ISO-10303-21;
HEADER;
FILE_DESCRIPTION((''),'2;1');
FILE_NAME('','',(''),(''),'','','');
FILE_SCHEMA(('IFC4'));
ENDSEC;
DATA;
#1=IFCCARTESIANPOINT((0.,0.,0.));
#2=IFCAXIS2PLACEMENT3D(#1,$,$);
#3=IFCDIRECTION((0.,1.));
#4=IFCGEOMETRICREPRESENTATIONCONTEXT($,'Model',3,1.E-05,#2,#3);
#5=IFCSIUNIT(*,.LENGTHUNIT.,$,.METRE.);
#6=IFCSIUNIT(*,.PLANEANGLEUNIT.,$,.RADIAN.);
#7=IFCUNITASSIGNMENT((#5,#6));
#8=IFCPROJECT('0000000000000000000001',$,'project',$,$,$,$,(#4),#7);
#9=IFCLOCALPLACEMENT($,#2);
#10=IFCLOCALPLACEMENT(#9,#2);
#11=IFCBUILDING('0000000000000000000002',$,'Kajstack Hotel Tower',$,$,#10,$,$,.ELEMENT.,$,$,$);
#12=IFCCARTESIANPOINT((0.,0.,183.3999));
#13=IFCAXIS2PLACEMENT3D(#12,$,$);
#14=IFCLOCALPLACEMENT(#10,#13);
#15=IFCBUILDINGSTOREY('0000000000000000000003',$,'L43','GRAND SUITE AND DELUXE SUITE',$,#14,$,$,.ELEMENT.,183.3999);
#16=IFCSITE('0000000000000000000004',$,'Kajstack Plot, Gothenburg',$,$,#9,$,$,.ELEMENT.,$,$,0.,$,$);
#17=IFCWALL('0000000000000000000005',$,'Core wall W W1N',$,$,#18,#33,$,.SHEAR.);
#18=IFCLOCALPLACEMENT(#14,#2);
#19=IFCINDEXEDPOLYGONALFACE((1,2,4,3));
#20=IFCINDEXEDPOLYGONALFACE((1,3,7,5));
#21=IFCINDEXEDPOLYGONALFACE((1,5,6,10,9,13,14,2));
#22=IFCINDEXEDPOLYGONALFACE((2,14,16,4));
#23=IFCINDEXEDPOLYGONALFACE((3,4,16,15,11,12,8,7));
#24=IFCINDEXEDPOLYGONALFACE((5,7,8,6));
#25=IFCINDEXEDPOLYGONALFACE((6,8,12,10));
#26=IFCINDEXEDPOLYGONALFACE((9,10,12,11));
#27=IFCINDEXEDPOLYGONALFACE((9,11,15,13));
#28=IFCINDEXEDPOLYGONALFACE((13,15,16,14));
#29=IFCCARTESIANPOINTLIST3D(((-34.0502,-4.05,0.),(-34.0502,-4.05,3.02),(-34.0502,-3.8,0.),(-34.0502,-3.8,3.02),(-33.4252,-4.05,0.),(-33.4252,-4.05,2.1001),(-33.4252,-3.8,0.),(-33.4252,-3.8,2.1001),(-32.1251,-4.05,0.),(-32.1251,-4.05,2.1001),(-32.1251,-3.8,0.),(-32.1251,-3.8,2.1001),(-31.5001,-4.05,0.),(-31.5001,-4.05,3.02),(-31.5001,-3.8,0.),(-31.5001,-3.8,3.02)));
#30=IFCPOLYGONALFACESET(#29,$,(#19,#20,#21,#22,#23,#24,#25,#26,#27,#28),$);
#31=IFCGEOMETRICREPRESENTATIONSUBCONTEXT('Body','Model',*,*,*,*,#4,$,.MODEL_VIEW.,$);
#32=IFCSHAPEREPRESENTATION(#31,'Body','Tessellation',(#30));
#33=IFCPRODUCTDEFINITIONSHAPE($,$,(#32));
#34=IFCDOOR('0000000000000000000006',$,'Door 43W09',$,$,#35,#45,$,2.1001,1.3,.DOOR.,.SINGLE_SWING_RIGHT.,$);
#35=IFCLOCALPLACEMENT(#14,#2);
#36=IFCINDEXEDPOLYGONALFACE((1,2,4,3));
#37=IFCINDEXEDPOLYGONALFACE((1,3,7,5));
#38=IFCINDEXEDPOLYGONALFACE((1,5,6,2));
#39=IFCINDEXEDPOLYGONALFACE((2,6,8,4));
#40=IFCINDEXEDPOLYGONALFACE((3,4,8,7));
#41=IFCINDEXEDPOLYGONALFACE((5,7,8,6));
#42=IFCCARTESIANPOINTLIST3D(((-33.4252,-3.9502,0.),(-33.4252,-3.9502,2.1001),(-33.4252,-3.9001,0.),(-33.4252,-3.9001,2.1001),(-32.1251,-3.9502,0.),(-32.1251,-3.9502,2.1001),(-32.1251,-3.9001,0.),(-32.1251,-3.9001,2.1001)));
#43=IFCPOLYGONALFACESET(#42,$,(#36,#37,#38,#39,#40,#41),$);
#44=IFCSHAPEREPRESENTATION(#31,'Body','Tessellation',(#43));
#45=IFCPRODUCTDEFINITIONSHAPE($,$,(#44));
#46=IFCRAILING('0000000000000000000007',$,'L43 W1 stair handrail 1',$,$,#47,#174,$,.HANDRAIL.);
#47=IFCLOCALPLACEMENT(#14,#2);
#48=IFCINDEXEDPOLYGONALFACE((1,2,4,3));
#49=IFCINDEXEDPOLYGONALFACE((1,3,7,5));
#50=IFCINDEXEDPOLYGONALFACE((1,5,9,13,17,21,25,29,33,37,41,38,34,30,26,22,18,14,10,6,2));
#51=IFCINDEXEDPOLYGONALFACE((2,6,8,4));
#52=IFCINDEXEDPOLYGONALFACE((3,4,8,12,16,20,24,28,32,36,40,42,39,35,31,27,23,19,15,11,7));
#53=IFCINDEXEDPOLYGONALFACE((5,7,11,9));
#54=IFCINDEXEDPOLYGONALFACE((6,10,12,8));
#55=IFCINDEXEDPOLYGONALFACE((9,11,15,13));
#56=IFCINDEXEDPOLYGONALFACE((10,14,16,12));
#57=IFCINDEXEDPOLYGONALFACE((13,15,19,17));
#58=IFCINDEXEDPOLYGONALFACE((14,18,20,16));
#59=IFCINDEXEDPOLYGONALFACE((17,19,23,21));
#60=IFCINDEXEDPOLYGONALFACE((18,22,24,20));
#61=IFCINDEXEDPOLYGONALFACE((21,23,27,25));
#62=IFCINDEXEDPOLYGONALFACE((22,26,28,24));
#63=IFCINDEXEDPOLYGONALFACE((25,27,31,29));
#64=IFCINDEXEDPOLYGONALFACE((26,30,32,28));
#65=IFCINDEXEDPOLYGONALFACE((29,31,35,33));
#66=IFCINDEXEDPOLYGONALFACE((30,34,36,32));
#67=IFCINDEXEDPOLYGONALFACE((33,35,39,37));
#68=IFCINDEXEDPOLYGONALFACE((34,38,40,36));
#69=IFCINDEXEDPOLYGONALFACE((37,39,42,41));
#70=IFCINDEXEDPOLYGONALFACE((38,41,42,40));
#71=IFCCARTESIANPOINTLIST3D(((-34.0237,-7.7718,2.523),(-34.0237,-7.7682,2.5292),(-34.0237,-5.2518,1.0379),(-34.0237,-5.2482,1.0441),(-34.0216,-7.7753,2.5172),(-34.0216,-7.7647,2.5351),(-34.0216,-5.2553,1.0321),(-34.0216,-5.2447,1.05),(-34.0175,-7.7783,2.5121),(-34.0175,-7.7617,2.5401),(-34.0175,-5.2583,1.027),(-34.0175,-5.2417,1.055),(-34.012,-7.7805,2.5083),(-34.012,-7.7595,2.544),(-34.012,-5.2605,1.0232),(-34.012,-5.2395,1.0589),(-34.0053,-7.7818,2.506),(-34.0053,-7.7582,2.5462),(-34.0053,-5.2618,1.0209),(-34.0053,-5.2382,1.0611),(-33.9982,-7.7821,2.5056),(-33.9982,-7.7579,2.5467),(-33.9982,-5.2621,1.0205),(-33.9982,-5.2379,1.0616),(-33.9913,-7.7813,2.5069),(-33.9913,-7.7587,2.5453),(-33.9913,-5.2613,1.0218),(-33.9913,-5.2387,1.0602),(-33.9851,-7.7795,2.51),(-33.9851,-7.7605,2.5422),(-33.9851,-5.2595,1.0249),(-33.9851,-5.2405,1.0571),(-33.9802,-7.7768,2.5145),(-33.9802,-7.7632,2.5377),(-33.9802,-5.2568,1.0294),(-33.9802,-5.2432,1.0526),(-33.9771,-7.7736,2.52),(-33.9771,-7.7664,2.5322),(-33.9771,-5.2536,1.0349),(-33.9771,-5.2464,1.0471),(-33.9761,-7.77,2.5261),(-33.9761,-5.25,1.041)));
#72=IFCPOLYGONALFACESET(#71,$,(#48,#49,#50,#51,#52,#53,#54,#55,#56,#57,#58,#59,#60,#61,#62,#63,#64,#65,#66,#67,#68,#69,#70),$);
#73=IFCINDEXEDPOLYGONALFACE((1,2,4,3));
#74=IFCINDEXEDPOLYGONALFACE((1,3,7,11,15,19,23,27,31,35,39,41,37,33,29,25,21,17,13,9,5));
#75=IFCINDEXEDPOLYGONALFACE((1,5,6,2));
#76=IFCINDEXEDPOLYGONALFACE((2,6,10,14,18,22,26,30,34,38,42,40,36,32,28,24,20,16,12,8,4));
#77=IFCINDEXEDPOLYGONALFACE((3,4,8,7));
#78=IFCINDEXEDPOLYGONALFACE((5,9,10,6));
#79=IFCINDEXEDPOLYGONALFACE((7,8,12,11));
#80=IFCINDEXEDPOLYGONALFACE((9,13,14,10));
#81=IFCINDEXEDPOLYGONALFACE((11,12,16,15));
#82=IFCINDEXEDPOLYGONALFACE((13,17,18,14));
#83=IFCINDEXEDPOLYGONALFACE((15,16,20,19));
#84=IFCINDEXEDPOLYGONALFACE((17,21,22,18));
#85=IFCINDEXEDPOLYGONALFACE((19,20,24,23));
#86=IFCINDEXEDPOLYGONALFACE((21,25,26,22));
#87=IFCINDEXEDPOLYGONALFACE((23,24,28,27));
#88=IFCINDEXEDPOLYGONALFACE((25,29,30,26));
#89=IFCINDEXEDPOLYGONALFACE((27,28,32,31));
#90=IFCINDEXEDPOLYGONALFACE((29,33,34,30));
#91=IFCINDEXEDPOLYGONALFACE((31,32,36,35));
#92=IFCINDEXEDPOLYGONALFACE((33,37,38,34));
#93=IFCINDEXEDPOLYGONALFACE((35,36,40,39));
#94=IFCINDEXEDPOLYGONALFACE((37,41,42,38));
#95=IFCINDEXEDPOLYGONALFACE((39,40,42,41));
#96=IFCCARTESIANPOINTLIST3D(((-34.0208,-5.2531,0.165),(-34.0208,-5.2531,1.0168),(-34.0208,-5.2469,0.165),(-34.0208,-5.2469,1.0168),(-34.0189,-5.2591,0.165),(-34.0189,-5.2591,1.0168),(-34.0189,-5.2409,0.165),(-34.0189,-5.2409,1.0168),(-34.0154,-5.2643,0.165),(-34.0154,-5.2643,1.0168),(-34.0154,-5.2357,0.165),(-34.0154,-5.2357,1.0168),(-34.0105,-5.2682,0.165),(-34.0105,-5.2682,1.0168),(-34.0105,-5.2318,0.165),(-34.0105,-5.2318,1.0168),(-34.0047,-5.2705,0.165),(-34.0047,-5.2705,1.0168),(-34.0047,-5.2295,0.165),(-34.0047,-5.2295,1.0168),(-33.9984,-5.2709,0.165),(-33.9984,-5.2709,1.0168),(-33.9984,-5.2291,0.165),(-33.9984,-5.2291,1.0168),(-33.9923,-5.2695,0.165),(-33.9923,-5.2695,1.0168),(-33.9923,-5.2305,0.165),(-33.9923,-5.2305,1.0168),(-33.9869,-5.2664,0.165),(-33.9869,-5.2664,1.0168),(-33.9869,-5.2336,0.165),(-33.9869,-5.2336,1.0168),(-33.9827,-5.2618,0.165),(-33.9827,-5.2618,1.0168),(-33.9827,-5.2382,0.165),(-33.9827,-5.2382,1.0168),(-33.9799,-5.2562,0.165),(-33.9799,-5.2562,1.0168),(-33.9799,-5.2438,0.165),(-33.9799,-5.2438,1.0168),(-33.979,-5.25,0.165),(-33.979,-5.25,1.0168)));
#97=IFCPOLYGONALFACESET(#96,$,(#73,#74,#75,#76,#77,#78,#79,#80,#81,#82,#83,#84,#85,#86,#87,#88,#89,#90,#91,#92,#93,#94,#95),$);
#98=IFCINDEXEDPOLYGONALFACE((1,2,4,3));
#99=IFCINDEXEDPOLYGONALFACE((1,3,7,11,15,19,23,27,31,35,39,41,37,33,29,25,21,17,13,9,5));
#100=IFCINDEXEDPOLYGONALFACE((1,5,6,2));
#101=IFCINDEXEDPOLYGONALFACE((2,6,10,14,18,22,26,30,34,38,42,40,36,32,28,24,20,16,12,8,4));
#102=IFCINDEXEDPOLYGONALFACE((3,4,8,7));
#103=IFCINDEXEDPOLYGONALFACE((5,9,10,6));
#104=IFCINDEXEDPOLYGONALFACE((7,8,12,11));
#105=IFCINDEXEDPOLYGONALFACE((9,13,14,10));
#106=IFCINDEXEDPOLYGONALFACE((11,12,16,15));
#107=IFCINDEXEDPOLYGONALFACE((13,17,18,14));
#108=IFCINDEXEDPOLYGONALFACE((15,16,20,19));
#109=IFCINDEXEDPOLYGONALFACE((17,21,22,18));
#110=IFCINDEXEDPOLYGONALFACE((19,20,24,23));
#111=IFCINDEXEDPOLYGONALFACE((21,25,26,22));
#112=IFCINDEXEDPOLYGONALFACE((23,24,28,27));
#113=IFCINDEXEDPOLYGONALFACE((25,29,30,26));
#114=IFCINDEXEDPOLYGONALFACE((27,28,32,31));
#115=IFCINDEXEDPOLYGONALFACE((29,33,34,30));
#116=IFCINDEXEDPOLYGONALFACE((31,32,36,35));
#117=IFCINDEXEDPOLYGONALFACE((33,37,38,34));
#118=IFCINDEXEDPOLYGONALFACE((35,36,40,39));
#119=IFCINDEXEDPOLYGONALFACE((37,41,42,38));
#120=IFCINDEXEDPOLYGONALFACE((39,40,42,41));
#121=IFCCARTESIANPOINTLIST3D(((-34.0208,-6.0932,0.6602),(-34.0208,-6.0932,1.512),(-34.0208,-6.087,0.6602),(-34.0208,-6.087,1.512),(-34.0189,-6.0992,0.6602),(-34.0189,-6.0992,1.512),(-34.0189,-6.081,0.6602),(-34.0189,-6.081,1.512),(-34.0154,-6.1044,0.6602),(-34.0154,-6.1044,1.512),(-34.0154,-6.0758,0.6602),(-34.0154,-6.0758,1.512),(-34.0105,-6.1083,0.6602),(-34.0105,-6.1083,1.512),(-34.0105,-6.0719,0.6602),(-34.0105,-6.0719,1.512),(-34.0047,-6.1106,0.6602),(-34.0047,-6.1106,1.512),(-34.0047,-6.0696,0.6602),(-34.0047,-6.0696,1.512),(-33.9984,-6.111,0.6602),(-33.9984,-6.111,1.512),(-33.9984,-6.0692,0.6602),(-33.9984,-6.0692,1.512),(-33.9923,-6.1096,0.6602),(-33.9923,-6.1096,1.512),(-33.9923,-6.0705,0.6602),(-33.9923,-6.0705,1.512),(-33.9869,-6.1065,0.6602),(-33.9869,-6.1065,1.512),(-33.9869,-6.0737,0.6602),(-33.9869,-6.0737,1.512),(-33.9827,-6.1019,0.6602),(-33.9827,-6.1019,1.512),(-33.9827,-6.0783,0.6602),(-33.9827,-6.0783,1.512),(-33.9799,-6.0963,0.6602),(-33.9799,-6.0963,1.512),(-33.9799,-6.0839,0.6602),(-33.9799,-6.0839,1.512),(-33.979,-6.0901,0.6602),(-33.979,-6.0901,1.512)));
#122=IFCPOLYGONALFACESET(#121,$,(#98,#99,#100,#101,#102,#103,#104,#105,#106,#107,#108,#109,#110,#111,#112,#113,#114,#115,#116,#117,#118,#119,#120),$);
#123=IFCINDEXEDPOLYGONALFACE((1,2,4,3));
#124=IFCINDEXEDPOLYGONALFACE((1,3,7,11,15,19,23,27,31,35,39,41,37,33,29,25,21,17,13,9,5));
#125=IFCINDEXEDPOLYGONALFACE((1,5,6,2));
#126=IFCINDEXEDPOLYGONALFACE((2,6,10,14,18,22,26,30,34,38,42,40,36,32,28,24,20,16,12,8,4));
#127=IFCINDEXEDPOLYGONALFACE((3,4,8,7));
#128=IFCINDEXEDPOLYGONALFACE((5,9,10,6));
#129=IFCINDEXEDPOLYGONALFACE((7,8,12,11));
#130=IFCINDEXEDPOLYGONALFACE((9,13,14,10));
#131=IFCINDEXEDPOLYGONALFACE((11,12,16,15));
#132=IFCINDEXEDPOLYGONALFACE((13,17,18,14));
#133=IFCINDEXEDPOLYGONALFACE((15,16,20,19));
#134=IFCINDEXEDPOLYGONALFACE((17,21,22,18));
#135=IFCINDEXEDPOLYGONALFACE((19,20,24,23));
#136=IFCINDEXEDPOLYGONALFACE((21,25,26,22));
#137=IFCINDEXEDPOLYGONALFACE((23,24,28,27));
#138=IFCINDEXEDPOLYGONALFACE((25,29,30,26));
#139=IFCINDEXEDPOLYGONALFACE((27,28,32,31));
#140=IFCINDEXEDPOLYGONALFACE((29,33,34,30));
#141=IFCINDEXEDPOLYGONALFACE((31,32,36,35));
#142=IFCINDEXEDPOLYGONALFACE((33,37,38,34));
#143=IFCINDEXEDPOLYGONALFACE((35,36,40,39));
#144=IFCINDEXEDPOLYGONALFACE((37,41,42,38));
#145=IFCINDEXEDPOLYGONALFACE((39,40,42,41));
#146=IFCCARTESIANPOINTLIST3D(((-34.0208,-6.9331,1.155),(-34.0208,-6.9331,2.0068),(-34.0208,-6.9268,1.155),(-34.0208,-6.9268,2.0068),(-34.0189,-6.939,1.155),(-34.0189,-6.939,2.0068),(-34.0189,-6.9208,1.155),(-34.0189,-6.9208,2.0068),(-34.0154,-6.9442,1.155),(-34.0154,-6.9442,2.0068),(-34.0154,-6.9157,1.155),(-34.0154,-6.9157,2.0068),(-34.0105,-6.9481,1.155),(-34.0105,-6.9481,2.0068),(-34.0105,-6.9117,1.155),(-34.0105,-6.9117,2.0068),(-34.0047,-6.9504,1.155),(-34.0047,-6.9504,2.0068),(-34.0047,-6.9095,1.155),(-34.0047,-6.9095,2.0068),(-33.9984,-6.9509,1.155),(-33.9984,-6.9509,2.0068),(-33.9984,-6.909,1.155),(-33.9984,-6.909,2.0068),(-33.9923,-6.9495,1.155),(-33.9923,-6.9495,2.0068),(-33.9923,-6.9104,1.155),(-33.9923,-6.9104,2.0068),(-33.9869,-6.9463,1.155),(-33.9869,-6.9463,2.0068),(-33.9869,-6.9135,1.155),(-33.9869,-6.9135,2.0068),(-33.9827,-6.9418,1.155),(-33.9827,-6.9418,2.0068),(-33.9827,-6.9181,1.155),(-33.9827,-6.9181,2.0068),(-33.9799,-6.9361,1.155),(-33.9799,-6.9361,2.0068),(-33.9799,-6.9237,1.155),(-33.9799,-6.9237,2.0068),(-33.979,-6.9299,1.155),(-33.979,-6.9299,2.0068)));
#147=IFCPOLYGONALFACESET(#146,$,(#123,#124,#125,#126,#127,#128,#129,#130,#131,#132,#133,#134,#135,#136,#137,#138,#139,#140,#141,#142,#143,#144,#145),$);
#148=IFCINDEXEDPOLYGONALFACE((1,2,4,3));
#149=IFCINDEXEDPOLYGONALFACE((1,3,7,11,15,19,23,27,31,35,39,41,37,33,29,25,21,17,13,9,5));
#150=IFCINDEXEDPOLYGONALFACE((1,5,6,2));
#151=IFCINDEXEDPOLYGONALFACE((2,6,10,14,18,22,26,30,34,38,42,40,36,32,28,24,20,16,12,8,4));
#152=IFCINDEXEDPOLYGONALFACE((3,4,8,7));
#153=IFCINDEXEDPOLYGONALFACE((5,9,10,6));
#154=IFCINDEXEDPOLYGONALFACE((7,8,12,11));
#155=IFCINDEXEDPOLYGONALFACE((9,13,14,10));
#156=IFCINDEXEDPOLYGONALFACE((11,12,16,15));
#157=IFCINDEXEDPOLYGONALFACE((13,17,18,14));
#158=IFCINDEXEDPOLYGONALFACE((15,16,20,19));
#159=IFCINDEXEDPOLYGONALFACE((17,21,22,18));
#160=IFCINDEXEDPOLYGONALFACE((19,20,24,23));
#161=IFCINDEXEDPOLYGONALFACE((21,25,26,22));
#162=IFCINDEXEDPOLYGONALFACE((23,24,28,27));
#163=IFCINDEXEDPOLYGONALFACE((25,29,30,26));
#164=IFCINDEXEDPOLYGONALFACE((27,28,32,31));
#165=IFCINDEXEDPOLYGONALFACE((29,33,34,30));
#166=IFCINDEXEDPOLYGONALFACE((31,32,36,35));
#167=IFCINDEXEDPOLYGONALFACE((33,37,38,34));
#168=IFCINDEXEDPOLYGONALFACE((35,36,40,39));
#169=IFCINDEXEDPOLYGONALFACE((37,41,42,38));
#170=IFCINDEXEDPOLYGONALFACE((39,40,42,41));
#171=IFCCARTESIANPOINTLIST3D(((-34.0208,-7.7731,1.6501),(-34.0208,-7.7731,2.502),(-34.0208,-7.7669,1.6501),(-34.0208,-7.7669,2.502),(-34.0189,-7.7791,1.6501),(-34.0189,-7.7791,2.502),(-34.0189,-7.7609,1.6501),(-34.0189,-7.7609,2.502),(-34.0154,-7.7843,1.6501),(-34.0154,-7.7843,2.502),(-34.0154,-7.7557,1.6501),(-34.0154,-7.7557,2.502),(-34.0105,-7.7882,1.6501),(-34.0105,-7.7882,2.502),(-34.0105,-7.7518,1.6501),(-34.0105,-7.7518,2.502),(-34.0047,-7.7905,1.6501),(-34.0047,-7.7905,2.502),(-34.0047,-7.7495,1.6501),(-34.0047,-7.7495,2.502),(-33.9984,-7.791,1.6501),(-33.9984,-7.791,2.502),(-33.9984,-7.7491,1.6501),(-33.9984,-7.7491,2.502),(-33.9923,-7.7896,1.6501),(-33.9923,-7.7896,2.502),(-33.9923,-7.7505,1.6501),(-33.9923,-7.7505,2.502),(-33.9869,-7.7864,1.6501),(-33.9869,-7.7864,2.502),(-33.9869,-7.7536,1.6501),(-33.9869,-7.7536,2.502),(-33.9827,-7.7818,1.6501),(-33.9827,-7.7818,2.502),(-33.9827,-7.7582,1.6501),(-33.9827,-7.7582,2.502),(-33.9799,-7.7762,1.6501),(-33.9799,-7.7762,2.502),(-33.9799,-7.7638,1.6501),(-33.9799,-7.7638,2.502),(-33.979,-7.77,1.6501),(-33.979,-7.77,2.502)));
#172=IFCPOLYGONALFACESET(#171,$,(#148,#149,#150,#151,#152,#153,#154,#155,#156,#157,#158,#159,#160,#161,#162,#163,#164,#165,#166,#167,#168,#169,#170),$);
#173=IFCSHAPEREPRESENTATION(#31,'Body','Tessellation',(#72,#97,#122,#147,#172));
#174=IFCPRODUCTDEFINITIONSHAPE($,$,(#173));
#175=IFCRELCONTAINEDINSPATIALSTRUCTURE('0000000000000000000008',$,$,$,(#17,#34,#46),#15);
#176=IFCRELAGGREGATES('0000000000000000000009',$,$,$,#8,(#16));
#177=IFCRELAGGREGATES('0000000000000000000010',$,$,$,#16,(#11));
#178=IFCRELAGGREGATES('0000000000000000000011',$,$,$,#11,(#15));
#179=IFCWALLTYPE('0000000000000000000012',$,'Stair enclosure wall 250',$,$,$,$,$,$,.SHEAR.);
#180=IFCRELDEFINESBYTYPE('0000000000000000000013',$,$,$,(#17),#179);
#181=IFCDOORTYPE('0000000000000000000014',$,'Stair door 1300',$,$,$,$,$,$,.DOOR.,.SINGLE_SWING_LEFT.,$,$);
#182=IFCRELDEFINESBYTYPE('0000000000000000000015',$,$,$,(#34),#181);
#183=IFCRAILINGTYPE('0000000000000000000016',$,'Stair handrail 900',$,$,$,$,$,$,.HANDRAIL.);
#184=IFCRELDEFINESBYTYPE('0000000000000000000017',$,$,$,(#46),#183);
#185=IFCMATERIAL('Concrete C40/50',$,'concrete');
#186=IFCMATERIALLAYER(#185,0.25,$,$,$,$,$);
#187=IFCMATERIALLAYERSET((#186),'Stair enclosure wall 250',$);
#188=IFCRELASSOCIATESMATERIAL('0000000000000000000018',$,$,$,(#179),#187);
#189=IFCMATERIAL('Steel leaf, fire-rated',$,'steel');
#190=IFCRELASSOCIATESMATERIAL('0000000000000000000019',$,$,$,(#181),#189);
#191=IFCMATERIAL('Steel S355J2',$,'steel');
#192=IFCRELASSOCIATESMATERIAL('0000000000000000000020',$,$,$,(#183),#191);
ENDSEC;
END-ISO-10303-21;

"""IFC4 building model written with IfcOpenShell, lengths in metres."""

from ifc_helpers import new_model, si_unit, direction, frame, frame_2d, origin, origin_2d, place, context, subcontext, project, spatial, rectangle, circle, extrude, material, layer, layer_set, type_object, element, fill, save


model = new_model("IFC4")

# Units and contexts
model_context = context("Model", 3, precision=1e-05, world=origin(), true_north=direction((0.0, 1.0)))
body_context = subcontext(model_context, "Body", "Model", "MODEL_VIEW")
ifc_project = project(units=[si_unit("LENGTHUNIT", "METRE"), si_unit("PLANEANGLEUNIT", "RADIAN")], contexts=[model_context])

# Site, building, storey
site_placement = place(None, origin())
site = spatial("IfcSite", under=ifc_project, at=site_placement, Name="Kajstack Plot, Gothenburg", CompositionType="ELEMENT", RefElevation=0.0)
building_placement = place(site_placement, origin())
building = spatial("IfcBuilding", under=site, at=building_placement, Name="Kajstack Hotel Tower", CompositionType="ELEMENT")
storey_placement = place(building_placement, frame((0.0, 0.0, 183.3999)))
storey = spatial("IfcBuildingStorey", under=building, at=storey_placement, Name="L43", Description="GRAND SUITE AND DELUXE SUITE", CompositionType="ELEMENT", Elevation=183.3999)

# Shared definitions
ifc_material_1 = material(Name="Steel leaf, fire-rated", Category="steel")

# Wall, opening, door
ifc_material_2 = material(Name="Concrete C40/50", Category="concrete")
ifc_layer_1 = layer(ifc_material_2, 0.25)
ifc_layer_set_1 = layer_set([ifc_layer_1], Name="Stair enclosure wall 250")
wall_type_1 = type_object("IfcWallType", Name="Stair enclosure wall 250", PredefinedType="SHEAR", material=ifc_layer_set_1)
wall_1_placement = place(storey_placement, frame((-34.05, -3.925, 0.0), z_axis=(0.0, 0.0, 1.0), x_axis=(1.0, 0.0, 0.0)))
wall_1 = element("IfcWall", 1, at=wall_1_placement, inside=storey, type_object=wall_type_1, Name="Core wall W W1N", PredefinedType="SHEAR", context=body_context, shape_type="SweptSolid", body=[
    extrude(rectangle(XDim=2.55, YDim=0.25, at=frame_2d((1.2749, 0.0))), origin(), (0.0, 0.0, 1.0), 3.02),
])
opening_1_placement = place(wall_1_placement, frame((0.625, 0.0, 0.0)))
opening_1 = element("IfcOpeningElement", 2, at=opening_1_placement, cuts=wall_1, PredefinedType="OPENING", context=body_context, shape_type="SweptSolid", body=[
    extrude(rectangle(XDim=1.3, YDim=2.1001, at=frame_2d((0.6499, 1.05))), frame((0.0, 0.135, 0.0), z_axis=(0.0, -1.0, 0.0), x_axis=(1.0, 0.0, 0.0)), (0.0, 0.0, 1.0), 0.27),
])
door_type_1 = type_object("IfcDoorType", Name="Stair door 1300", OperationType="SINGLE_SWING_LEFT", PredefinedType="DOOR", material=ifc_material_1)
door_1_placement = place(opening_1_placement, origin())
door_1 = element("IfcDoor", 3, at=door_1_placement, inside=storey, type_object=door_type_1, Name="Door 43W09", OperationType="SINGLE_SWING_RIGHT", OverallHeight=2.1001, OverallWidth=1.3, PredefinedType="DOOR", context=body_context, shape_type="SweptSolid", body=[
    extrude(rectangle(XDim=1.3, YDim=2.1001, at=frame_2d((0.6499, 1.05))), frame((0.0, 0.0249, 0.0), z_axis=(0.0, -1.0, 0.0), x_axis=(1.0, 0.0, 0.0)), (0.0, 0.0, 1.0), 0.05),
])
fill(opening_1, door_1)

# Railing
ifc_material_3 = material(Name="Steel S355J2", Category="steel")
railing_type_1 = type_object("IfcRailingType", Name="Stair handrail 900", PredefinedType="HANDRAIL", material=ifc_material_3)
railing_1_placement = place(storey_placement, frame((-34.0, -5.25, 0.165)))
element("IfcRailing", 4, at=railing_1_placement, inside=storey, type_object=railing_type_1, Name="L43 W1 stair handrail 1", PredefinedType="HANDRAIL", context=body_context, shape_type="SweptSolid", body=[
    extrude(circle(Radius=0.0239, at=origin_2d()), frame((0.0, 0.0, 0.876), z_axis=(0.0, -0.861524, 0.507717), x_axis=(1.0, 0.0, 0.0)), (0.0, 0.0, 1.0), 2.925),
    extrude(circle(Radius=0.021, at=origin_2d()), origin(), (0.0, 0.0, 1.0), 0.8518),
    extrude(circle(Radius=0.021, at=origin_2d()), frame((0.0, -0.8401, 0.4951)), (0.0, 0.0, 1.0), 0.8518),
    extrude(circle(Radius=0.021, at=origin_2d()), frame((0.0, -1.6799, 0.99)), (0.0, 0.0, 1.0), 0.8518),
    extrude(circle(Radius=0.021, at=origin_2d()), frame((0.0, -2.52, 1.4851)), (0.0, 0.0, 1.0), 0.8518),
])

save(model, "model.ifc")
